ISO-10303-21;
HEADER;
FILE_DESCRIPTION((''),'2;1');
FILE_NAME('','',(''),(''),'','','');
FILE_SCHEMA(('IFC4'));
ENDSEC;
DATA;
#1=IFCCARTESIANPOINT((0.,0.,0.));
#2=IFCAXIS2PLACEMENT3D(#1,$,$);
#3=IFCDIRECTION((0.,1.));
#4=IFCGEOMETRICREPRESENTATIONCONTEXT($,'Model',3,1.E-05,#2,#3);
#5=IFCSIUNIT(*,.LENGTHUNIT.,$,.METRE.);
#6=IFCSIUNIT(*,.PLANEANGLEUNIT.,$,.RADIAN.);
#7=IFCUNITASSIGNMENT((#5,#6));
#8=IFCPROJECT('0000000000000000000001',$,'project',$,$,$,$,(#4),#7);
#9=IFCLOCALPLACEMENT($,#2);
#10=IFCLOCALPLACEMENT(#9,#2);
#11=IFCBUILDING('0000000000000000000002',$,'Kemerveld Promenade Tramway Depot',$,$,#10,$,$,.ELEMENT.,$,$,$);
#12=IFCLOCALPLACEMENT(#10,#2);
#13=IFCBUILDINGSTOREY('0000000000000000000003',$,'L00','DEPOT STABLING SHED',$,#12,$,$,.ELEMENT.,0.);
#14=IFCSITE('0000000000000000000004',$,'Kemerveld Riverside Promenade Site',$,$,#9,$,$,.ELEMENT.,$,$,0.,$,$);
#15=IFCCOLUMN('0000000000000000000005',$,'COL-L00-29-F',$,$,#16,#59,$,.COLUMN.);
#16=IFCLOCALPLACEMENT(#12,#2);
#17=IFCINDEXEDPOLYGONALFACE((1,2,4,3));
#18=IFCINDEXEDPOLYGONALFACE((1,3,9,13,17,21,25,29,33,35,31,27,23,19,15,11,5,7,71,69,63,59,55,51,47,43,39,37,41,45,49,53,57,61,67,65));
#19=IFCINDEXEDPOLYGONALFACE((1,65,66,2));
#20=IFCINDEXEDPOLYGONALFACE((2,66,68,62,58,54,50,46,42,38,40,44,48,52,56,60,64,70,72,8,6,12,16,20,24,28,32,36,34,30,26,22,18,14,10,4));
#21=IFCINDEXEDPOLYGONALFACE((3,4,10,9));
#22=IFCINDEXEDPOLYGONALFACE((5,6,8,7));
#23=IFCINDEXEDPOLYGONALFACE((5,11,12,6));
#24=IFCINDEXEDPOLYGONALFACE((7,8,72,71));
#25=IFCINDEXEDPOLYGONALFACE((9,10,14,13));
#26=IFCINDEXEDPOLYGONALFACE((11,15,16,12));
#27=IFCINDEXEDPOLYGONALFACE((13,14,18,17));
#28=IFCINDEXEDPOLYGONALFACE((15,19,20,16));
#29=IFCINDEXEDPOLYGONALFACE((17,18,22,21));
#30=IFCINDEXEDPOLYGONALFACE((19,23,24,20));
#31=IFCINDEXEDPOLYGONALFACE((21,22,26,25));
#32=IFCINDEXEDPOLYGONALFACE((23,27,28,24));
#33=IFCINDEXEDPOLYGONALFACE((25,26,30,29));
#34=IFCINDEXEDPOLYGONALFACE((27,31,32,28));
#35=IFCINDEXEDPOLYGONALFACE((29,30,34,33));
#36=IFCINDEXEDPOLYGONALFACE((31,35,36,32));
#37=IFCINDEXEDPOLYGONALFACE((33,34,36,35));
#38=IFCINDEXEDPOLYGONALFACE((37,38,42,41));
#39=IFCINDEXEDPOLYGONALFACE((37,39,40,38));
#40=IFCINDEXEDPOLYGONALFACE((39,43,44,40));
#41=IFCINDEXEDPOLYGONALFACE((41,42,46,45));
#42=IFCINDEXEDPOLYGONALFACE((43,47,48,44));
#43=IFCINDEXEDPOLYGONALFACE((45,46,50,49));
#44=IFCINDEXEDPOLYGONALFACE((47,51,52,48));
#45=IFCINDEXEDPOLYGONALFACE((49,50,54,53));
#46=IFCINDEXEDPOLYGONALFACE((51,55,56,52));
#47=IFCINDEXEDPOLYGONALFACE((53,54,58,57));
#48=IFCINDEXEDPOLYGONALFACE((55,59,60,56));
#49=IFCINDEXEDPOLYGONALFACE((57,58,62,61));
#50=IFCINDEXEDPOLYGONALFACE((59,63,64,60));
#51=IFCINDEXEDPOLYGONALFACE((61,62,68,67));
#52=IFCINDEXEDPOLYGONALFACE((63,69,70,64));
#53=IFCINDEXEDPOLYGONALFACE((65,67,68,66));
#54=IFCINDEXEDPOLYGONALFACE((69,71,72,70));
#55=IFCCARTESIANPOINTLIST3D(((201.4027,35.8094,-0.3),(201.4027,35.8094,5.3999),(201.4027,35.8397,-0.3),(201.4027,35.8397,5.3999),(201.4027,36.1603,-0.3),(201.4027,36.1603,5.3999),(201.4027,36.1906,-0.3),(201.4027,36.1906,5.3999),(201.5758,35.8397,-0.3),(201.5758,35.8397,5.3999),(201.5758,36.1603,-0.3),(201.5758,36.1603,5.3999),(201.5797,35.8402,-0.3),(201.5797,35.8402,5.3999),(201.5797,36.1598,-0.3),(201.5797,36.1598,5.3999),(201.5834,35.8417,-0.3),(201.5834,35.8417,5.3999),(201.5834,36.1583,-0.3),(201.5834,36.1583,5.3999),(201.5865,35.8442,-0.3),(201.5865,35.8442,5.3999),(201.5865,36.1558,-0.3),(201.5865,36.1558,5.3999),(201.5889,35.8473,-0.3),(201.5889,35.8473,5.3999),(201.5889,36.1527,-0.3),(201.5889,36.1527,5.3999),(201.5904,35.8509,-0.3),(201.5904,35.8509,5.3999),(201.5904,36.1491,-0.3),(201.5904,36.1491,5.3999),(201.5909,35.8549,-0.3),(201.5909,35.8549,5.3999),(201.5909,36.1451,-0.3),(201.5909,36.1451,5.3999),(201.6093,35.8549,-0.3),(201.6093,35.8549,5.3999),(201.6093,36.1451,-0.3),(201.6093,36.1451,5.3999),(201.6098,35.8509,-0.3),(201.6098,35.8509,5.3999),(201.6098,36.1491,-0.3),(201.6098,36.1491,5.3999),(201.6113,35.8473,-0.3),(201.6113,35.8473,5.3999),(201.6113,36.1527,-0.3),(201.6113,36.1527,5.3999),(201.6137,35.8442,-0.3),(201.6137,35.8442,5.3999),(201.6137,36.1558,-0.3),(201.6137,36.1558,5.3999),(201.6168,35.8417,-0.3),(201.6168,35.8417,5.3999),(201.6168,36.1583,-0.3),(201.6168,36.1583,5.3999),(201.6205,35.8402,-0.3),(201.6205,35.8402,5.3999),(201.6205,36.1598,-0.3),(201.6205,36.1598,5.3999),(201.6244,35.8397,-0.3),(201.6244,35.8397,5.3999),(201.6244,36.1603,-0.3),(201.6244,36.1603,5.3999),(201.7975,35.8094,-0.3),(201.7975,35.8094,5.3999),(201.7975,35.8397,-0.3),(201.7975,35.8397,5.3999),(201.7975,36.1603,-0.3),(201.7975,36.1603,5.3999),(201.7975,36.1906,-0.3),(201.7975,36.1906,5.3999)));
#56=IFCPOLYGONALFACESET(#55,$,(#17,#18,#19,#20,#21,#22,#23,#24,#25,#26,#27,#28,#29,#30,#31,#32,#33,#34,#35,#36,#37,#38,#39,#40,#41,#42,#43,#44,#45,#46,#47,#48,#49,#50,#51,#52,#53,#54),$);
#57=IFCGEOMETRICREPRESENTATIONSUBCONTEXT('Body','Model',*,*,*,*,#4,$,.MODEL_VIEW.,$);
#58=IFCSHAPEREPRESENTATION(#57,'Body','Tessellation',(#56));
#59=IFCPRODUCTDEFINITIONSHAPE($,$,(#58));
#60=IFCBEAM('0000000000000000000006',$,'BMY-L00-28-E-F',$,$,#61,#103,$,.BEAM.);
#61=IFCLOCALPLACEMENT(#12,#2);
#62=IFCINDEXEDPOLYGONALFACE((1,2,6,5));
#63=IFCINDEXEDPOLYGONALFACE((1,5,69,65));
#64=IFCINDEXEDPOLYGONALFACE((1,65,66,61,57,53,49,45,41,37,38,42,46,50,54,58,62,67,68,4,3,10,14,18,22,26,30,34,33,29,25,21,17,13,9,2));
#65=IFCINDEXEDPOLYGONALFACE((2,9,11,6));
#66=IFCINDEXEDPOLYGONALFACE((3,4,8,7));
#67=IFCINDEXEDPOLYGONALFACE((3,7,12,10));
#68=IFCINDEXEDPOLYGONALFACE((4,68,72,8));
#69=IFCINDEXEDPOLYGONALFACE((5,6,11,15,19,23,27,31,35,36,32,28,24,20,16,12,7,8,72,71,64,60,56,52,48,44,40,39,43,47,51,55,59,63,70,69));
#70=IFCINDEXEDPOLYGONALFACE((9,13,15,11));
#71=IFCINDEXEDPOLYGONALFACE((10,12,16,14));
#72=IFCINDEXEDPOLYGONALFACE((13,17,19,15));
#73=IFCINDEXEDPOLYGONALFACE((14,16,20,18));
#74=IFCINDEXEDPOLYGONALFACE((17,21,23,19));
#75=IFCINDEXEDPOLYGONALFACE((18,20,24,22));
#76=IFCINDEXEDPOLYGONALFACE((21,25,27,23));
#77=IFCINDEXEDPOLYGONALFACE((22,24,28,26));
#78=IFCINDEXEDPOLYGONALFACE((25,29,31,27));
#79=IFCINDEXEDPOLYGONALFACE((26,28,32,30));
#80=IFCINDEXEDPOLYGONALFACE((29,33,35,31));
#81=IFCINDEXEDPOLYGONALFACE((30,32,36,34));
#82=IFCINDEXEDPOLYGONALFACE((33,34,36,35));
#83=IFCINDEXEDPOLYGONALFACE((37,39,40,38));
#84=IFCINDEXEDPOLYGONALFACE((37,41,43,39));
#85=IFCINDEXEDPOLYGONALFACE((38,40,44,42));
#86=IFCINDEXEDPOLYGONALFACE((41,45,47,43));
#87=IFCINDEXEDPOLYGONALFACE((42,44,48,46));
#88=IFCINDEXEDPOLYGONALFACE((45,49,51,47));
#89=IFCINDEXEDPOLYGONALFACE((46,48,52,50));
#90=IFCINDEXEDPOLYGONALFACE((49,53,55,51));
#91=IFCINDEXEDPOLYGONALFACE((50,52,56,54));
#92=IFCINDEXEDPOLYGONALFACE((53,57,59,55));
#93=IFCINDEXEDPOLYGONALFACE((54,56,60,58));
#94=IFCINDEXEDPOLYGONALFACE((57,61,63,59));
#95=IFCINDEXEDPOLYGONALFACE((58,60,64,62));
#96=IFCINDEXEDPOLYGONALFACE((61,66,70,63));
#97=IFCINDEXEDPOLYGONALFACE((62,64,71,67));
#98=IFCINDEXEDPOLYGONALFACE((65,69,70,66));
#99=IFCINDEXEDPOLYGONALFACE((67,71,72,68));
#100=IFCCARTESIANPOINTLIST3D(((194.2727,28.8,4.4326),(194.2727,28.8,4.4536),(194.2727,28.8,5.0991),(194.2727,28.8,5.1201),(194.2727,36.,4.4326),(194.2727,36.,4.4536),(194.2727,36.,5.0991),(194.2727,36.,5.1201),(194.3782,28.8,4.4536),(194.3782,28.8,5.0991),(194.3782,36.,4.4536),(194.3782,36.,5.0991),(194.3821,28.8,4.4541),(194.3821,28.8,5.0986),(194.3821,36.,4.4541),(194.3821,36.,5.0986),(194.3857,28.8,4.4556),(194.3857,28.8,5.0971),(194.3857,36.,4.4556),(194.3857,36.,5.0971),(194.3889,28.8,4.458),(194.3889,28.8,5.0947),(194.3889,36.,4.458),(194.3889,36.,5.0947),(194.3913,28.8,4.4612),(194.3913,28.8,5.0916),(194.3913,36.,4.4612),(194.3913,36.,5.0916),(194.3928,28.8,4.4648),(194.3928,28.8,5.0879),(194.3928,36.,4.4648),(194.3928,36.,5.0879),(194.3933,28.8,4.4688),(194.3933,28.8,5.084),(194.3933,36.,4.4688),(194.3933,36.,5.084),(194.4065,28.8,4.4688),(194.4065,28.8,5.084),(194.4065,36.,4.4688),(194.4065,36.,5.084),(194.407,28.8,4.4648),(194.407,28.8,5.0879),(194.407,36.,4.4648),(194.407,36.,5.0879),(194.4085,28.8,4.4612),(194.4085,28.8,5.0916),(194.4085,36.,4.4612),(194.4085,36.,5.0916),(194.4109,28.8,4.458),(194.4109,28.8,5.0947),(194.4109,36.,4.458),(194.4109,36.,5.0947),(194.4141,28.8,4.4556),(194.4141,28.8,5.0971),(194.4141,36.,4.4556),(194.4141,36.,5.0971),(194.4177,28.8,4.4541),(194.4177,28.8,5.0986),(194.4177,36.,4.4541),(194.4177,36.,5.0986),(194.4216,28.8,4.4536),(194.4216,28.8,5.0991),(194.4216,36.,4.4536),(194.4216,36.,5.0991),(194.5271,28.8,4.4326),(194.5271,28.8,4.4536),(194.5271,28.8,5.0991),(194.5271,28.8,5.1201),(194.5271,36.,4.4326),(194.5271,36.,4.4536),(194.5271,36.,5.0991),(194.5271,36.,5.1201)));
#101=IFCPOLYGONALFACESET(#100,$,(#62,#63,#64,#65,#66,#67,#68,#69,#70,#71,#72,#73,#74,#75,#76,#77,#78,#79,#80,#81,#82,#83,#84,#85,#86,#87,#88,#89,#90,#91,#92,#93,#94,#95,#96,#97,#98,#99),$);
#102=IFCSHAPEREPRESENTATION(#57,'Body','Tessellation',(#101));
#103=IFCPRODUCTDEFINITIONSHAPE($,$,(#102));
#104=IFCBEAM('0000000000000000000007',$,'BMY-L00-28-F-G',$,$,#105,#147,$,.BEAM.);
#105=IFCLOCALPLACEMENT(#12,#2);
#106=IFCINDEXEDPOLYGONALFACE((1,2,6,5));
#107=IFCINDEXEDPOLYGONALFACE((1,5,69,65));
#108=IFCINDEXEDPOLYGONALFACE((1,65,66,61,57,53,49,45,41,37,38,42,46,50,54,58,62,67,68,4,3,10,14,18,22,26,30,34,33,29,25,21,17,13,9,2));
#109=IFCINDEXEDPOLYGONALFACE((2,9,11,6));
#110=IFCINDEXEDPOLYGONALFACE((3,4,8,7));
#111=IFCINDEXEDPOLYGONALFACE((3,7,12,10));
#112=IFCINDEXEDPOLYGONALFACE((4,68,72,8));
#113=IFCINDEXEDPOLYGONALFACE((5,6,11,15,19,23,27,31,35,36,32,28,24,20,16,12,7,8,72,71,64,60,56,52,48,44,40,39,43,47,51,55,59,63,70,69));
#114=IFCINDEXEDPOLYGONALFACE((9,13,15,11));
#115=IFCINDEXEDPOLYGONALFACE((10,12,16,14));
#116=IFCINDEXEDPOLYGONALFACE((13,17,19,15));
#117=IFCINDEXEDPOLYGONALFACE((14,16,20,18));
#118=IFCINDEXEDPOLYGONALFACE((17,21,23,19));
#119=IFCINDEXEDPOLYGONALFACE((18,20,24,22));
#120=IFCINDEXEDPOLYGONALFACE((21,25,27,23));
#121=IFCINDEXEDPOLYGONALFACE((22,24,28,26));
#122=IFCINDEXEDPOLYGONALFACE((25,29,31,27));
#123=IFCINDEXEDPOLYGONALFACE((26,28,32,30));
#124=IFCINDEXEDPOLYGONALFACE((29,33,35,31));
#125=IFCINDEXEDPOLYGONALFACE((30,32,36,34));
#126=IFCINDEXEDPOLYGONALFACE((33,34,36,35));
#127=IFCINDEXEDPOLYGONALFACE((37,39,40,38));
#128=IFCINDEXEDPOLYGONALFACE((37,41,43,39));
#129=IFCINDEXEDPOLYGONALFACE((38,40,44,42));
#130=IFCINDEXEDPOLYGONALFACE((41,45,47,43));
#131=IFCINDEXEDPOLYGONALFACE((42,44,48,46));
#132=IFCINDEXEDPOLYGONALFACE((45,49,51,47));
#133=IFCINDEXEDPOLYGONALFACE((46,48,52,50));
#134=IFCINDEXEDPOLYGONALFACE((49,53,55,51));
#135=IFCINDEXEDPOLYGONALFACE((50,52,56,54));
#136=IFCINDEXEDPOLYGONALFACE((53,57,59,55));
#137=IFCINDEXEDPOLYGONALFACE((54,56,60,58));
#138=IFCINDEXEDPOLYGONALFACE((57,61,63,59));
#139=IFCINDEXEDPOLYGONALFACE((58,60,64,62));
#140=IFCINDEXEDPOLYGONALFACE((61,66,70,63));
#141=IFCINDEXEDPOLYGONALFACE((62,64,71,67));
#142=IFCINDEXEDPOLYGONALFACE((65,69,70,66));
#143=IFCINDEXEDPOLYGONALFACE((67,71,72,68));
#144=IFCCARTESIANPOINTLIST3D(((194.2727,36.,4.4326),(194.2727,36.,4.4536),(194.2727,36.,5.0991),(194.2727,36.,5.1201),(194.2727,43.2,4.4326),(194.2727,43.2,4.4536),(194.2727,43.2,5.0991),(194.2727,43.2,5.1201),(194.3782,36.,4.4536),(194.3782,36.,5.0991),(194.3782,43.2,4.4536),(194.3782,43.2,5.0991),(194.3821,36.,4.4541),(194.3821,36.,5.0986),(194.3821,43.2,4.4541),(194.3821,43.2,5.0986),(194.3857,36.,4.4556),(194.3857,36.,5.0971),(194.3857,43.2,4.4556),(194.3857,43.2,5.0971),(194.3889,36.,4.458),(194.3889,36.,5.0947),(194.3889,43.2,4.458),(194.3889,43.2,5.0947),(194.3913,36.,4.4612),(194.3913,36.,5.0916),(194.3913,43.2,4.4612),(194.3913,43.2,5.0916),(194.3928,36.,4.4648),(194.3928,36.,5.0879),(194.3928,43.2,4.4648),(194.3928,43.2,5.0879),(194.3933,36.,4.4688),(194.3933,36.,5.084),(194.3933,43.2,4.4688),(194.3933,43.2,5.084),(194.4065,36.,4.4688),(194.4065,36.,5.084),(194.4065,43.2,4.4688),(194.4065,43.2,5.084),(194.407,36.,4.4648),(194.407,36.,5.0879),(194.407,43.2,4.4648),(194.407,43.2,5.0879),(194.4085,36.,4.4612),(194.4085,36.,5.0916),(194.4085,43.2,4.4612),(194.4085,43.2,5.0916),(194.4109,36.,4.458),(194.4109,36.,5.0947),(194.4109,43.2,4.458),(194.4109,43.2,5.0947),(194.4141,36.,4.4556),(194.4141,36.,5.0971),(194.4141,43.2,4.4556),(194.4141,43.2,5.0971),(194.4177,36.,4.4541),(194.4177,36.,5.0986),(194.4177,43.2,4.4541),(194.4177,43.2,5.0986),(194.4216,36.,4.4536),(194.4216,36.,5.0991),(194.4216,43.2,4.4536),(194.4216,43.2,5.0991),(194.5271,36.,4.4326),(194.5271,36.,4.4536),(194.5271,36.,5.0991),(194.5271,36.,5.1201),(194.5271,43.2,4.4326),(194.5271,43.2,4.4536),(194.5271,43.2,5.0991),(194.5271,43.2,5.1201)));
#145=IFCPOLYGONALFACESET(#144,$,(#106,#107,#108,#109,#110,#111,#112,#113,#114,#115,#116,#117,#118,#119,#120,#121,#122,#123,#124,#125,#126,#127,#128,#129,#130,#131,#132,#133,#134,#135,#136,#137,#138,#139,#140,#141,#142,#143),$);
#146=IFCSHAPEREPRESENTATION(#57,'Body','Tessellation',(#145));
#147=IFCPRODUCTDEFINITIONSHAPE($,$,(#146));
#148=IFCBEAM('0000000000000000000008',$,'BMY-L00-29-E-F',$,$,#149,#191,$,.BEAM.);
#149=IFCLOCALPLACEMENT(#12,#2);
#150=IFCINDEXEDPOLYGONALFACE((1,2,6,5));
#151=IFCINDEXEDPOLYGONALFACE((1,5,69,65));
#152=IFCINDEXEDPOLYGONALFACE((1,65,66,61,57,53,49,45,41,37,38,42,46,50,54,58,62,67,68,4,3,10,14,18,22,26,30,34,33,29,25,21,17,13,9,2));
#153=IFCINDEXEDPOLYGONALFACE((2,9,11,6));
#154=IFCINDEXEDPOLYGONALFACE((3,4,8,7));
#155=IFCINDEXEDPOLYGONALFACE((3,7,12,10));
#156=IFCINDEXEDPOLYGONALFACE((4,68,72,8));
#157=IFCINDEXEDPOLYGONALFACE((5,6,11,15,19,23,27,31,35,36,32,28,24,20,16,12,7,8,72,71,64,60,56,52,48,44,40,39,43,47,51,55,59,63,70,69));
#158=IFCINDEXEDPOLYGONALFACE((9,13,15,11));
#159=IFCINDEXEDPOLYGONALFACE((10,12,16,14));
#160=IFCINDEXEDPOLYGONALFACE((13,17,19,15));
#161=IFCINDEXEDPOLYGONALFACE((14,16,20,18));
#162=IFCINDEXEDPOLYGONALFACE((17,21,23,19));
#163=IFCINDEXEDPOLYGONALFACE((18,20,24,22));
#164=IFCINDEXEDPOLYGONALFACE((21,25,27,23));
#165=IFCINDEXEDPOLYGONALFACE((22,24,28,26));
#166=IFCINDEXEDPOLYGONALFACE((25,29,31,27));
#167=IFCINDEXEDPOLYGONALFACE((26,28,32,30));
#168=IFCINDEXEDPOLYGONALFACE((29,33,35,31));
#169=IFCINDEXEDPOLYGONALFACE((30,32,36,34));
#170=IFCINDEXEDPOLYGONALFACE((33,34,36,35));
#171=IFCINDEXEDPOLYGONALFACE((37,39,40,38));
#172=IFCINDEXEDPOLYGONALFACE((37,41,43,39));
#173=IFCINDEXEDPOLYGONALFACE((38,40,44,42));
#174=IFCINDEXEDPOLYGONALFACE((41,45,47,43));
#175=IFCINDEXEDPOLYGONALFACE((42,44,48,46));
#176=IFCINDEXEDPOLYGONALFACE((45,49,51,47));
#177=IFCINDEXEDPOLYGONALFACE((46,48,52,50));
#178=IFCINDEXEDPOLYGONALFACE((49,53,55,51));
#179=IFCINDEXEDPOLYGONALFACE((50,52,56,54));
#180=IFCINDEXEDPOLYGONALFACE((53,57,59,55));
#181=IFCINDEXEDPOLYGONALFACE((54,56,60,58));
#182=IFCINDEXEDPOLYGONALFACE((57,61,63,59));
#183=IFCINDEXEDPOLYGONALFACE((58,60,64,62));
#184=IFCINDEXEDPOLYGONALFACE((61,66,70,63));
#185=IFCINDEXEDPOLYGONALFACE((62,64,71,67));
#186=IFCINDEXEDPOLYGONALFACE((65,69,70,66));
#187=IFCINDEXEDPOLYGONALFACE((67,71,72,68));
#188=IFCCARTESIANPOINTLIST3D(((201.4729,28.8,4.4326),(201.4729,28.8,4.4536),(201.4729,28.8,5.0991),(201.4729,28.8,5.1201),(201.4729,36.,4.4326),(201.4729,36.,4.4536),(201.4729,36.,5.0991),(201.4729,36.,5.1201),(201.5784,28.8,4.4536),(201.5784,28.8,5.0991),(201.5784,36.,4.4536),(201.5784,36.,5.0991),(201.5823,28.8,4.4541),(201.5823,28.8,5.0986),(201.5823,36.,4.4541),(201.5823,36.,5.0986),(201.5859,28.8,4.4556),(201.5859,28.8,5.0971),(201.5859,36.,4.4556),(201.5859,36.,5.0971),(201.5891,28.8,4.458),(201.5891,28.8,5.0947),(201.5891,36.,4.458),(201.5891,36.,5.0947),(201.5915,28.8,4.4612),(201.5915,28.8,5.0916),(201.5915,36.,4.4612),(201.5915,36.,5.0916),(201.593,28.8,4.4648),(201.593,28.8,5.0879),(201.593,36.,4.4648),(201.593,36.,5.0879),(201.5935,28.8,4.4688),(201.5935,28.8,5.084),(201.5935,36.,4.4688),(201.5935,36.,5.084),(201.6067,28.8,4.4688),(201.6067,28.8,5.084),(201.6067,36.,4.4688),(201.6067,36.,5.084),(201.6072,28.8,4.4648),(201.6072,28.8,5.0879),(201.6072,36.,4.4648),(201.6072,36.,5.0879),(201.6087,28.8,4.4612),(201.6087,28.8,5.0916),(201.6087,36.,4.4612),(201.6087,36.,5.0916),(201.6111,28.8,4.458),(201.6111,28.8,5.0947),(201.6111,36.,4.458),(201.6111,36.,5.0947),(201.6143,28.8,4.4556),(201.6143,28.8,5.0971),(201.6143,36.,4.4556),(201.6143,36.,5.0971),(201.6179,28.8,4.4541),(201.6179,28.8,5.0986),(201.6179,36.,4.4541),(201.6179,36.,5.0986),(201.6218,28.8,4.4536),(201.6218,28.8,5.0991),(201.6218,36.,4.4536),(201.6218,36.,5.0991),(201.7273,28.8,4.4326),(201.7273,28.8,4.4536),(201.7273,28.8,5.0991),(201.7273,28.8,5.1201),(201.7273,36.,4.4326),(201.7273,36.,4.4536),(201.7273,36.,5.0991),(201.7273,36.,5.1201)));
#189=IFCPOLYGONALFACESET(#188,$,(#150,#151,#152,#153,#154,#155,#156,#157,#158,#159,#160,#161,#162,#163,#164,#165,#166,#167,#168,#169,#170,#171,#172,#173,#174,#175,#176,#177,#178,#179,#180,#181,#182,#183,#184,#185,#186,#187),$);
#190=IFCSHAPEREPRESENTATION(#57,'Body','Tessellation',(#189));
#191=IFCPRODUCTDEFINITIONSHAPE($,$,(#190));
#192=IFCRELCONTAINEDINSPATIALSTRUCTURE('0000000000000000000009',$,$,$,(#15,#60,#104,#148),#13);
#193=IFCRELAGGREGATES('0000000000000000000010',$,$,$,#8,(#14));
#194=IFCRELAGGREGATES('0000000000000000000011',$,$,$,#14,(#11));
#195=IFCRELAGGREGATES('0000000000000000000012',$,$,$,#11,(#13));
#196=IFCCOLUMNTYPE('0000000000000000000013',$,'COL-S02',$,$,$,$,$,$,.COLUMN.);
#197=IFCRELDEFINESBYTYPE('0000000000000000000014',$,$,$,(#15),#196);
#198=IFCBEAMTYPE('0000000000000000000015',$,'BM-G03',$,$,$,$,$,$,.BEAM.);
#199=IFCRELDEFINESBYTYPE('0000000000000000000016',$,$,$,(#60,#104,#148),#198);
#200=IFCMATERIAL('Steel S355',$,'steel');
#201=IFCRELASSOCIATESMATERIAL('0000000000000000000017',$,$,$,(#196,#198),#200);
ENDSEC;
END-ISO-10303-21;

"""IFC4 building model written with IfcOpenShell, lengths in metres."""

from ifc_helpers import new_model, si_unit, direction, frame, origin, origin_2d, place, context, subcontext, project, spatial, i_section, extrude, material, material_profile, profile_set, type_object, element, save


model = new_model("IFC4")

# Units and contexts
model_context = context("Model", 3, precision=1e-05, world=origin(), true_north=direction((0.0, 1.0)))
body_context = subcontext(model_context, "Body", "Model", "MODEL_VIEW")
ifc_project = project(units=[si_unit("LENGTHUNIT", "METRE"), si_unit("PLANEANGLEUNIT", "RADIAN")], contexts=[model_context])

# Site, building, storey
site_placement = place(None, origin())
site = spatial("IfcSite", under=ifc_project, at=site_placement, Name="Kemerveld Riverside Promenade Site", CompositionType="ELEMENT", RefElevation=0.0)
building_placement = place(site_placement, origin())
building = spatial("IfcBuilding", under=site, at=building_placement, Name="Kemerveld Promenade Tramway Depot", CompositionType="ELEMENT")
storey_placement = place(building_placement, origin())
storey = spatial("IfcBuildingStorey", under=building, at=storey_placement, Name="L00", Description="DEPOT STABLING SHED", CompositionType="ELEMENT", Elevation=0.0)

# Column
ifc_material_1 = material(Name="Steel S355", Category="steel")
ifc_material_profile_1 = material_profile(ifc_material_1, i_section(OverallWidth=0.3948, OverallDepth=0.3811, WebThickness=0.0183, FlangeThickness=0.0303, FilletRadius=0.0151, at=origin_2d()), Name="356x406x235 UC")
ifc_profile_set_1 = profile_set([ifc_material_profile_1], Name="Steel S355")
column_type = type_object("IfcColumnType", Name="COL-S02", PredefinedType="COLUMN", material=ifc_profile_set_1)
for number, where, z_axis, x_axis, name in (
    (1, (201.6001, 36.0, -0.3), (0.0, 0.0, 1.0), (1.0, 0.0, 0.0), "COL-L00-29-F"),
):
    element("IfcColumn", number, at=place(storey_placement, frame(where, z_axis=z_axis, x_axis=x_axis)), inside=storey, type_object=column_type, Name=name, PredefinedType="COLUMN", context=body_context, shape_type="SweptSolid", body=[
        extrude(i_section(OverallWidth=0.3948, OverallDepth=0.3811, WebThickness=0.0183, FlangeThickness=0.0303, FilletRadius=0.0151, at=origin_2d()), origin(), (0.0, 0.0, 1.0), 5.7),
    ])

# Beams
ifc_material_profile_2 = material_profile(ifc_material_1, i_section(OverallWidth=0.2544, OverallDepth=0.6875, WebThickness=0.0132, FlangeThickness=0.021, FilletRadius=0.0151, at=origin_2d()), Name="686x254x152 UB")
ifc_profile_set_2 = profile_set([ifc_material_profile_2], Name="Steel S355")
beam_type_1 = type_object("IfcBeamType", Name="BM-G03", PredefinedType="BEAM", material=ifc_profile_set_2)
for number, where, z_axis, x_axis, name in (
    (2, (194.3999, 28.8, 4.7764), (0.0, 1.0, 0.0), (-1.0, 0.0, 0.0), "BMY-L00-28-E-F"),
    (3, (194.3999, 36.0, 4.7764), (0.0, 1.0, 0.0), (-1.0, 0.0, 0.0), "BMY-L00-28-F-G"),
    (4, (201.6001, 28.8, 4.7764), (0.0, 1.0, 0.0), (-1.0, 0.0, 0.0), "BMY-L00-29-E-F"),
):
    element("IfcBeam", number, at=place(storey_placement, frame(where, z_axis=z_axis, x_axis=x_axis)), inside=storey, type_object=beam_type_1, Name=name, PredefinedType="BEAM", context=body_context, shape_type="SweptSolid", body=[
        extrude(i_section(OverallWidth=0.2544, OverallDepth=0.6875, WebThickness=0.0132, FlangeThickness=0.021, FilletRadius=0.0151, at=origin_2d()), origin(), (0.0, 0.0, 1.0), 7.2),
    ])

save(model, "model.ifc")
